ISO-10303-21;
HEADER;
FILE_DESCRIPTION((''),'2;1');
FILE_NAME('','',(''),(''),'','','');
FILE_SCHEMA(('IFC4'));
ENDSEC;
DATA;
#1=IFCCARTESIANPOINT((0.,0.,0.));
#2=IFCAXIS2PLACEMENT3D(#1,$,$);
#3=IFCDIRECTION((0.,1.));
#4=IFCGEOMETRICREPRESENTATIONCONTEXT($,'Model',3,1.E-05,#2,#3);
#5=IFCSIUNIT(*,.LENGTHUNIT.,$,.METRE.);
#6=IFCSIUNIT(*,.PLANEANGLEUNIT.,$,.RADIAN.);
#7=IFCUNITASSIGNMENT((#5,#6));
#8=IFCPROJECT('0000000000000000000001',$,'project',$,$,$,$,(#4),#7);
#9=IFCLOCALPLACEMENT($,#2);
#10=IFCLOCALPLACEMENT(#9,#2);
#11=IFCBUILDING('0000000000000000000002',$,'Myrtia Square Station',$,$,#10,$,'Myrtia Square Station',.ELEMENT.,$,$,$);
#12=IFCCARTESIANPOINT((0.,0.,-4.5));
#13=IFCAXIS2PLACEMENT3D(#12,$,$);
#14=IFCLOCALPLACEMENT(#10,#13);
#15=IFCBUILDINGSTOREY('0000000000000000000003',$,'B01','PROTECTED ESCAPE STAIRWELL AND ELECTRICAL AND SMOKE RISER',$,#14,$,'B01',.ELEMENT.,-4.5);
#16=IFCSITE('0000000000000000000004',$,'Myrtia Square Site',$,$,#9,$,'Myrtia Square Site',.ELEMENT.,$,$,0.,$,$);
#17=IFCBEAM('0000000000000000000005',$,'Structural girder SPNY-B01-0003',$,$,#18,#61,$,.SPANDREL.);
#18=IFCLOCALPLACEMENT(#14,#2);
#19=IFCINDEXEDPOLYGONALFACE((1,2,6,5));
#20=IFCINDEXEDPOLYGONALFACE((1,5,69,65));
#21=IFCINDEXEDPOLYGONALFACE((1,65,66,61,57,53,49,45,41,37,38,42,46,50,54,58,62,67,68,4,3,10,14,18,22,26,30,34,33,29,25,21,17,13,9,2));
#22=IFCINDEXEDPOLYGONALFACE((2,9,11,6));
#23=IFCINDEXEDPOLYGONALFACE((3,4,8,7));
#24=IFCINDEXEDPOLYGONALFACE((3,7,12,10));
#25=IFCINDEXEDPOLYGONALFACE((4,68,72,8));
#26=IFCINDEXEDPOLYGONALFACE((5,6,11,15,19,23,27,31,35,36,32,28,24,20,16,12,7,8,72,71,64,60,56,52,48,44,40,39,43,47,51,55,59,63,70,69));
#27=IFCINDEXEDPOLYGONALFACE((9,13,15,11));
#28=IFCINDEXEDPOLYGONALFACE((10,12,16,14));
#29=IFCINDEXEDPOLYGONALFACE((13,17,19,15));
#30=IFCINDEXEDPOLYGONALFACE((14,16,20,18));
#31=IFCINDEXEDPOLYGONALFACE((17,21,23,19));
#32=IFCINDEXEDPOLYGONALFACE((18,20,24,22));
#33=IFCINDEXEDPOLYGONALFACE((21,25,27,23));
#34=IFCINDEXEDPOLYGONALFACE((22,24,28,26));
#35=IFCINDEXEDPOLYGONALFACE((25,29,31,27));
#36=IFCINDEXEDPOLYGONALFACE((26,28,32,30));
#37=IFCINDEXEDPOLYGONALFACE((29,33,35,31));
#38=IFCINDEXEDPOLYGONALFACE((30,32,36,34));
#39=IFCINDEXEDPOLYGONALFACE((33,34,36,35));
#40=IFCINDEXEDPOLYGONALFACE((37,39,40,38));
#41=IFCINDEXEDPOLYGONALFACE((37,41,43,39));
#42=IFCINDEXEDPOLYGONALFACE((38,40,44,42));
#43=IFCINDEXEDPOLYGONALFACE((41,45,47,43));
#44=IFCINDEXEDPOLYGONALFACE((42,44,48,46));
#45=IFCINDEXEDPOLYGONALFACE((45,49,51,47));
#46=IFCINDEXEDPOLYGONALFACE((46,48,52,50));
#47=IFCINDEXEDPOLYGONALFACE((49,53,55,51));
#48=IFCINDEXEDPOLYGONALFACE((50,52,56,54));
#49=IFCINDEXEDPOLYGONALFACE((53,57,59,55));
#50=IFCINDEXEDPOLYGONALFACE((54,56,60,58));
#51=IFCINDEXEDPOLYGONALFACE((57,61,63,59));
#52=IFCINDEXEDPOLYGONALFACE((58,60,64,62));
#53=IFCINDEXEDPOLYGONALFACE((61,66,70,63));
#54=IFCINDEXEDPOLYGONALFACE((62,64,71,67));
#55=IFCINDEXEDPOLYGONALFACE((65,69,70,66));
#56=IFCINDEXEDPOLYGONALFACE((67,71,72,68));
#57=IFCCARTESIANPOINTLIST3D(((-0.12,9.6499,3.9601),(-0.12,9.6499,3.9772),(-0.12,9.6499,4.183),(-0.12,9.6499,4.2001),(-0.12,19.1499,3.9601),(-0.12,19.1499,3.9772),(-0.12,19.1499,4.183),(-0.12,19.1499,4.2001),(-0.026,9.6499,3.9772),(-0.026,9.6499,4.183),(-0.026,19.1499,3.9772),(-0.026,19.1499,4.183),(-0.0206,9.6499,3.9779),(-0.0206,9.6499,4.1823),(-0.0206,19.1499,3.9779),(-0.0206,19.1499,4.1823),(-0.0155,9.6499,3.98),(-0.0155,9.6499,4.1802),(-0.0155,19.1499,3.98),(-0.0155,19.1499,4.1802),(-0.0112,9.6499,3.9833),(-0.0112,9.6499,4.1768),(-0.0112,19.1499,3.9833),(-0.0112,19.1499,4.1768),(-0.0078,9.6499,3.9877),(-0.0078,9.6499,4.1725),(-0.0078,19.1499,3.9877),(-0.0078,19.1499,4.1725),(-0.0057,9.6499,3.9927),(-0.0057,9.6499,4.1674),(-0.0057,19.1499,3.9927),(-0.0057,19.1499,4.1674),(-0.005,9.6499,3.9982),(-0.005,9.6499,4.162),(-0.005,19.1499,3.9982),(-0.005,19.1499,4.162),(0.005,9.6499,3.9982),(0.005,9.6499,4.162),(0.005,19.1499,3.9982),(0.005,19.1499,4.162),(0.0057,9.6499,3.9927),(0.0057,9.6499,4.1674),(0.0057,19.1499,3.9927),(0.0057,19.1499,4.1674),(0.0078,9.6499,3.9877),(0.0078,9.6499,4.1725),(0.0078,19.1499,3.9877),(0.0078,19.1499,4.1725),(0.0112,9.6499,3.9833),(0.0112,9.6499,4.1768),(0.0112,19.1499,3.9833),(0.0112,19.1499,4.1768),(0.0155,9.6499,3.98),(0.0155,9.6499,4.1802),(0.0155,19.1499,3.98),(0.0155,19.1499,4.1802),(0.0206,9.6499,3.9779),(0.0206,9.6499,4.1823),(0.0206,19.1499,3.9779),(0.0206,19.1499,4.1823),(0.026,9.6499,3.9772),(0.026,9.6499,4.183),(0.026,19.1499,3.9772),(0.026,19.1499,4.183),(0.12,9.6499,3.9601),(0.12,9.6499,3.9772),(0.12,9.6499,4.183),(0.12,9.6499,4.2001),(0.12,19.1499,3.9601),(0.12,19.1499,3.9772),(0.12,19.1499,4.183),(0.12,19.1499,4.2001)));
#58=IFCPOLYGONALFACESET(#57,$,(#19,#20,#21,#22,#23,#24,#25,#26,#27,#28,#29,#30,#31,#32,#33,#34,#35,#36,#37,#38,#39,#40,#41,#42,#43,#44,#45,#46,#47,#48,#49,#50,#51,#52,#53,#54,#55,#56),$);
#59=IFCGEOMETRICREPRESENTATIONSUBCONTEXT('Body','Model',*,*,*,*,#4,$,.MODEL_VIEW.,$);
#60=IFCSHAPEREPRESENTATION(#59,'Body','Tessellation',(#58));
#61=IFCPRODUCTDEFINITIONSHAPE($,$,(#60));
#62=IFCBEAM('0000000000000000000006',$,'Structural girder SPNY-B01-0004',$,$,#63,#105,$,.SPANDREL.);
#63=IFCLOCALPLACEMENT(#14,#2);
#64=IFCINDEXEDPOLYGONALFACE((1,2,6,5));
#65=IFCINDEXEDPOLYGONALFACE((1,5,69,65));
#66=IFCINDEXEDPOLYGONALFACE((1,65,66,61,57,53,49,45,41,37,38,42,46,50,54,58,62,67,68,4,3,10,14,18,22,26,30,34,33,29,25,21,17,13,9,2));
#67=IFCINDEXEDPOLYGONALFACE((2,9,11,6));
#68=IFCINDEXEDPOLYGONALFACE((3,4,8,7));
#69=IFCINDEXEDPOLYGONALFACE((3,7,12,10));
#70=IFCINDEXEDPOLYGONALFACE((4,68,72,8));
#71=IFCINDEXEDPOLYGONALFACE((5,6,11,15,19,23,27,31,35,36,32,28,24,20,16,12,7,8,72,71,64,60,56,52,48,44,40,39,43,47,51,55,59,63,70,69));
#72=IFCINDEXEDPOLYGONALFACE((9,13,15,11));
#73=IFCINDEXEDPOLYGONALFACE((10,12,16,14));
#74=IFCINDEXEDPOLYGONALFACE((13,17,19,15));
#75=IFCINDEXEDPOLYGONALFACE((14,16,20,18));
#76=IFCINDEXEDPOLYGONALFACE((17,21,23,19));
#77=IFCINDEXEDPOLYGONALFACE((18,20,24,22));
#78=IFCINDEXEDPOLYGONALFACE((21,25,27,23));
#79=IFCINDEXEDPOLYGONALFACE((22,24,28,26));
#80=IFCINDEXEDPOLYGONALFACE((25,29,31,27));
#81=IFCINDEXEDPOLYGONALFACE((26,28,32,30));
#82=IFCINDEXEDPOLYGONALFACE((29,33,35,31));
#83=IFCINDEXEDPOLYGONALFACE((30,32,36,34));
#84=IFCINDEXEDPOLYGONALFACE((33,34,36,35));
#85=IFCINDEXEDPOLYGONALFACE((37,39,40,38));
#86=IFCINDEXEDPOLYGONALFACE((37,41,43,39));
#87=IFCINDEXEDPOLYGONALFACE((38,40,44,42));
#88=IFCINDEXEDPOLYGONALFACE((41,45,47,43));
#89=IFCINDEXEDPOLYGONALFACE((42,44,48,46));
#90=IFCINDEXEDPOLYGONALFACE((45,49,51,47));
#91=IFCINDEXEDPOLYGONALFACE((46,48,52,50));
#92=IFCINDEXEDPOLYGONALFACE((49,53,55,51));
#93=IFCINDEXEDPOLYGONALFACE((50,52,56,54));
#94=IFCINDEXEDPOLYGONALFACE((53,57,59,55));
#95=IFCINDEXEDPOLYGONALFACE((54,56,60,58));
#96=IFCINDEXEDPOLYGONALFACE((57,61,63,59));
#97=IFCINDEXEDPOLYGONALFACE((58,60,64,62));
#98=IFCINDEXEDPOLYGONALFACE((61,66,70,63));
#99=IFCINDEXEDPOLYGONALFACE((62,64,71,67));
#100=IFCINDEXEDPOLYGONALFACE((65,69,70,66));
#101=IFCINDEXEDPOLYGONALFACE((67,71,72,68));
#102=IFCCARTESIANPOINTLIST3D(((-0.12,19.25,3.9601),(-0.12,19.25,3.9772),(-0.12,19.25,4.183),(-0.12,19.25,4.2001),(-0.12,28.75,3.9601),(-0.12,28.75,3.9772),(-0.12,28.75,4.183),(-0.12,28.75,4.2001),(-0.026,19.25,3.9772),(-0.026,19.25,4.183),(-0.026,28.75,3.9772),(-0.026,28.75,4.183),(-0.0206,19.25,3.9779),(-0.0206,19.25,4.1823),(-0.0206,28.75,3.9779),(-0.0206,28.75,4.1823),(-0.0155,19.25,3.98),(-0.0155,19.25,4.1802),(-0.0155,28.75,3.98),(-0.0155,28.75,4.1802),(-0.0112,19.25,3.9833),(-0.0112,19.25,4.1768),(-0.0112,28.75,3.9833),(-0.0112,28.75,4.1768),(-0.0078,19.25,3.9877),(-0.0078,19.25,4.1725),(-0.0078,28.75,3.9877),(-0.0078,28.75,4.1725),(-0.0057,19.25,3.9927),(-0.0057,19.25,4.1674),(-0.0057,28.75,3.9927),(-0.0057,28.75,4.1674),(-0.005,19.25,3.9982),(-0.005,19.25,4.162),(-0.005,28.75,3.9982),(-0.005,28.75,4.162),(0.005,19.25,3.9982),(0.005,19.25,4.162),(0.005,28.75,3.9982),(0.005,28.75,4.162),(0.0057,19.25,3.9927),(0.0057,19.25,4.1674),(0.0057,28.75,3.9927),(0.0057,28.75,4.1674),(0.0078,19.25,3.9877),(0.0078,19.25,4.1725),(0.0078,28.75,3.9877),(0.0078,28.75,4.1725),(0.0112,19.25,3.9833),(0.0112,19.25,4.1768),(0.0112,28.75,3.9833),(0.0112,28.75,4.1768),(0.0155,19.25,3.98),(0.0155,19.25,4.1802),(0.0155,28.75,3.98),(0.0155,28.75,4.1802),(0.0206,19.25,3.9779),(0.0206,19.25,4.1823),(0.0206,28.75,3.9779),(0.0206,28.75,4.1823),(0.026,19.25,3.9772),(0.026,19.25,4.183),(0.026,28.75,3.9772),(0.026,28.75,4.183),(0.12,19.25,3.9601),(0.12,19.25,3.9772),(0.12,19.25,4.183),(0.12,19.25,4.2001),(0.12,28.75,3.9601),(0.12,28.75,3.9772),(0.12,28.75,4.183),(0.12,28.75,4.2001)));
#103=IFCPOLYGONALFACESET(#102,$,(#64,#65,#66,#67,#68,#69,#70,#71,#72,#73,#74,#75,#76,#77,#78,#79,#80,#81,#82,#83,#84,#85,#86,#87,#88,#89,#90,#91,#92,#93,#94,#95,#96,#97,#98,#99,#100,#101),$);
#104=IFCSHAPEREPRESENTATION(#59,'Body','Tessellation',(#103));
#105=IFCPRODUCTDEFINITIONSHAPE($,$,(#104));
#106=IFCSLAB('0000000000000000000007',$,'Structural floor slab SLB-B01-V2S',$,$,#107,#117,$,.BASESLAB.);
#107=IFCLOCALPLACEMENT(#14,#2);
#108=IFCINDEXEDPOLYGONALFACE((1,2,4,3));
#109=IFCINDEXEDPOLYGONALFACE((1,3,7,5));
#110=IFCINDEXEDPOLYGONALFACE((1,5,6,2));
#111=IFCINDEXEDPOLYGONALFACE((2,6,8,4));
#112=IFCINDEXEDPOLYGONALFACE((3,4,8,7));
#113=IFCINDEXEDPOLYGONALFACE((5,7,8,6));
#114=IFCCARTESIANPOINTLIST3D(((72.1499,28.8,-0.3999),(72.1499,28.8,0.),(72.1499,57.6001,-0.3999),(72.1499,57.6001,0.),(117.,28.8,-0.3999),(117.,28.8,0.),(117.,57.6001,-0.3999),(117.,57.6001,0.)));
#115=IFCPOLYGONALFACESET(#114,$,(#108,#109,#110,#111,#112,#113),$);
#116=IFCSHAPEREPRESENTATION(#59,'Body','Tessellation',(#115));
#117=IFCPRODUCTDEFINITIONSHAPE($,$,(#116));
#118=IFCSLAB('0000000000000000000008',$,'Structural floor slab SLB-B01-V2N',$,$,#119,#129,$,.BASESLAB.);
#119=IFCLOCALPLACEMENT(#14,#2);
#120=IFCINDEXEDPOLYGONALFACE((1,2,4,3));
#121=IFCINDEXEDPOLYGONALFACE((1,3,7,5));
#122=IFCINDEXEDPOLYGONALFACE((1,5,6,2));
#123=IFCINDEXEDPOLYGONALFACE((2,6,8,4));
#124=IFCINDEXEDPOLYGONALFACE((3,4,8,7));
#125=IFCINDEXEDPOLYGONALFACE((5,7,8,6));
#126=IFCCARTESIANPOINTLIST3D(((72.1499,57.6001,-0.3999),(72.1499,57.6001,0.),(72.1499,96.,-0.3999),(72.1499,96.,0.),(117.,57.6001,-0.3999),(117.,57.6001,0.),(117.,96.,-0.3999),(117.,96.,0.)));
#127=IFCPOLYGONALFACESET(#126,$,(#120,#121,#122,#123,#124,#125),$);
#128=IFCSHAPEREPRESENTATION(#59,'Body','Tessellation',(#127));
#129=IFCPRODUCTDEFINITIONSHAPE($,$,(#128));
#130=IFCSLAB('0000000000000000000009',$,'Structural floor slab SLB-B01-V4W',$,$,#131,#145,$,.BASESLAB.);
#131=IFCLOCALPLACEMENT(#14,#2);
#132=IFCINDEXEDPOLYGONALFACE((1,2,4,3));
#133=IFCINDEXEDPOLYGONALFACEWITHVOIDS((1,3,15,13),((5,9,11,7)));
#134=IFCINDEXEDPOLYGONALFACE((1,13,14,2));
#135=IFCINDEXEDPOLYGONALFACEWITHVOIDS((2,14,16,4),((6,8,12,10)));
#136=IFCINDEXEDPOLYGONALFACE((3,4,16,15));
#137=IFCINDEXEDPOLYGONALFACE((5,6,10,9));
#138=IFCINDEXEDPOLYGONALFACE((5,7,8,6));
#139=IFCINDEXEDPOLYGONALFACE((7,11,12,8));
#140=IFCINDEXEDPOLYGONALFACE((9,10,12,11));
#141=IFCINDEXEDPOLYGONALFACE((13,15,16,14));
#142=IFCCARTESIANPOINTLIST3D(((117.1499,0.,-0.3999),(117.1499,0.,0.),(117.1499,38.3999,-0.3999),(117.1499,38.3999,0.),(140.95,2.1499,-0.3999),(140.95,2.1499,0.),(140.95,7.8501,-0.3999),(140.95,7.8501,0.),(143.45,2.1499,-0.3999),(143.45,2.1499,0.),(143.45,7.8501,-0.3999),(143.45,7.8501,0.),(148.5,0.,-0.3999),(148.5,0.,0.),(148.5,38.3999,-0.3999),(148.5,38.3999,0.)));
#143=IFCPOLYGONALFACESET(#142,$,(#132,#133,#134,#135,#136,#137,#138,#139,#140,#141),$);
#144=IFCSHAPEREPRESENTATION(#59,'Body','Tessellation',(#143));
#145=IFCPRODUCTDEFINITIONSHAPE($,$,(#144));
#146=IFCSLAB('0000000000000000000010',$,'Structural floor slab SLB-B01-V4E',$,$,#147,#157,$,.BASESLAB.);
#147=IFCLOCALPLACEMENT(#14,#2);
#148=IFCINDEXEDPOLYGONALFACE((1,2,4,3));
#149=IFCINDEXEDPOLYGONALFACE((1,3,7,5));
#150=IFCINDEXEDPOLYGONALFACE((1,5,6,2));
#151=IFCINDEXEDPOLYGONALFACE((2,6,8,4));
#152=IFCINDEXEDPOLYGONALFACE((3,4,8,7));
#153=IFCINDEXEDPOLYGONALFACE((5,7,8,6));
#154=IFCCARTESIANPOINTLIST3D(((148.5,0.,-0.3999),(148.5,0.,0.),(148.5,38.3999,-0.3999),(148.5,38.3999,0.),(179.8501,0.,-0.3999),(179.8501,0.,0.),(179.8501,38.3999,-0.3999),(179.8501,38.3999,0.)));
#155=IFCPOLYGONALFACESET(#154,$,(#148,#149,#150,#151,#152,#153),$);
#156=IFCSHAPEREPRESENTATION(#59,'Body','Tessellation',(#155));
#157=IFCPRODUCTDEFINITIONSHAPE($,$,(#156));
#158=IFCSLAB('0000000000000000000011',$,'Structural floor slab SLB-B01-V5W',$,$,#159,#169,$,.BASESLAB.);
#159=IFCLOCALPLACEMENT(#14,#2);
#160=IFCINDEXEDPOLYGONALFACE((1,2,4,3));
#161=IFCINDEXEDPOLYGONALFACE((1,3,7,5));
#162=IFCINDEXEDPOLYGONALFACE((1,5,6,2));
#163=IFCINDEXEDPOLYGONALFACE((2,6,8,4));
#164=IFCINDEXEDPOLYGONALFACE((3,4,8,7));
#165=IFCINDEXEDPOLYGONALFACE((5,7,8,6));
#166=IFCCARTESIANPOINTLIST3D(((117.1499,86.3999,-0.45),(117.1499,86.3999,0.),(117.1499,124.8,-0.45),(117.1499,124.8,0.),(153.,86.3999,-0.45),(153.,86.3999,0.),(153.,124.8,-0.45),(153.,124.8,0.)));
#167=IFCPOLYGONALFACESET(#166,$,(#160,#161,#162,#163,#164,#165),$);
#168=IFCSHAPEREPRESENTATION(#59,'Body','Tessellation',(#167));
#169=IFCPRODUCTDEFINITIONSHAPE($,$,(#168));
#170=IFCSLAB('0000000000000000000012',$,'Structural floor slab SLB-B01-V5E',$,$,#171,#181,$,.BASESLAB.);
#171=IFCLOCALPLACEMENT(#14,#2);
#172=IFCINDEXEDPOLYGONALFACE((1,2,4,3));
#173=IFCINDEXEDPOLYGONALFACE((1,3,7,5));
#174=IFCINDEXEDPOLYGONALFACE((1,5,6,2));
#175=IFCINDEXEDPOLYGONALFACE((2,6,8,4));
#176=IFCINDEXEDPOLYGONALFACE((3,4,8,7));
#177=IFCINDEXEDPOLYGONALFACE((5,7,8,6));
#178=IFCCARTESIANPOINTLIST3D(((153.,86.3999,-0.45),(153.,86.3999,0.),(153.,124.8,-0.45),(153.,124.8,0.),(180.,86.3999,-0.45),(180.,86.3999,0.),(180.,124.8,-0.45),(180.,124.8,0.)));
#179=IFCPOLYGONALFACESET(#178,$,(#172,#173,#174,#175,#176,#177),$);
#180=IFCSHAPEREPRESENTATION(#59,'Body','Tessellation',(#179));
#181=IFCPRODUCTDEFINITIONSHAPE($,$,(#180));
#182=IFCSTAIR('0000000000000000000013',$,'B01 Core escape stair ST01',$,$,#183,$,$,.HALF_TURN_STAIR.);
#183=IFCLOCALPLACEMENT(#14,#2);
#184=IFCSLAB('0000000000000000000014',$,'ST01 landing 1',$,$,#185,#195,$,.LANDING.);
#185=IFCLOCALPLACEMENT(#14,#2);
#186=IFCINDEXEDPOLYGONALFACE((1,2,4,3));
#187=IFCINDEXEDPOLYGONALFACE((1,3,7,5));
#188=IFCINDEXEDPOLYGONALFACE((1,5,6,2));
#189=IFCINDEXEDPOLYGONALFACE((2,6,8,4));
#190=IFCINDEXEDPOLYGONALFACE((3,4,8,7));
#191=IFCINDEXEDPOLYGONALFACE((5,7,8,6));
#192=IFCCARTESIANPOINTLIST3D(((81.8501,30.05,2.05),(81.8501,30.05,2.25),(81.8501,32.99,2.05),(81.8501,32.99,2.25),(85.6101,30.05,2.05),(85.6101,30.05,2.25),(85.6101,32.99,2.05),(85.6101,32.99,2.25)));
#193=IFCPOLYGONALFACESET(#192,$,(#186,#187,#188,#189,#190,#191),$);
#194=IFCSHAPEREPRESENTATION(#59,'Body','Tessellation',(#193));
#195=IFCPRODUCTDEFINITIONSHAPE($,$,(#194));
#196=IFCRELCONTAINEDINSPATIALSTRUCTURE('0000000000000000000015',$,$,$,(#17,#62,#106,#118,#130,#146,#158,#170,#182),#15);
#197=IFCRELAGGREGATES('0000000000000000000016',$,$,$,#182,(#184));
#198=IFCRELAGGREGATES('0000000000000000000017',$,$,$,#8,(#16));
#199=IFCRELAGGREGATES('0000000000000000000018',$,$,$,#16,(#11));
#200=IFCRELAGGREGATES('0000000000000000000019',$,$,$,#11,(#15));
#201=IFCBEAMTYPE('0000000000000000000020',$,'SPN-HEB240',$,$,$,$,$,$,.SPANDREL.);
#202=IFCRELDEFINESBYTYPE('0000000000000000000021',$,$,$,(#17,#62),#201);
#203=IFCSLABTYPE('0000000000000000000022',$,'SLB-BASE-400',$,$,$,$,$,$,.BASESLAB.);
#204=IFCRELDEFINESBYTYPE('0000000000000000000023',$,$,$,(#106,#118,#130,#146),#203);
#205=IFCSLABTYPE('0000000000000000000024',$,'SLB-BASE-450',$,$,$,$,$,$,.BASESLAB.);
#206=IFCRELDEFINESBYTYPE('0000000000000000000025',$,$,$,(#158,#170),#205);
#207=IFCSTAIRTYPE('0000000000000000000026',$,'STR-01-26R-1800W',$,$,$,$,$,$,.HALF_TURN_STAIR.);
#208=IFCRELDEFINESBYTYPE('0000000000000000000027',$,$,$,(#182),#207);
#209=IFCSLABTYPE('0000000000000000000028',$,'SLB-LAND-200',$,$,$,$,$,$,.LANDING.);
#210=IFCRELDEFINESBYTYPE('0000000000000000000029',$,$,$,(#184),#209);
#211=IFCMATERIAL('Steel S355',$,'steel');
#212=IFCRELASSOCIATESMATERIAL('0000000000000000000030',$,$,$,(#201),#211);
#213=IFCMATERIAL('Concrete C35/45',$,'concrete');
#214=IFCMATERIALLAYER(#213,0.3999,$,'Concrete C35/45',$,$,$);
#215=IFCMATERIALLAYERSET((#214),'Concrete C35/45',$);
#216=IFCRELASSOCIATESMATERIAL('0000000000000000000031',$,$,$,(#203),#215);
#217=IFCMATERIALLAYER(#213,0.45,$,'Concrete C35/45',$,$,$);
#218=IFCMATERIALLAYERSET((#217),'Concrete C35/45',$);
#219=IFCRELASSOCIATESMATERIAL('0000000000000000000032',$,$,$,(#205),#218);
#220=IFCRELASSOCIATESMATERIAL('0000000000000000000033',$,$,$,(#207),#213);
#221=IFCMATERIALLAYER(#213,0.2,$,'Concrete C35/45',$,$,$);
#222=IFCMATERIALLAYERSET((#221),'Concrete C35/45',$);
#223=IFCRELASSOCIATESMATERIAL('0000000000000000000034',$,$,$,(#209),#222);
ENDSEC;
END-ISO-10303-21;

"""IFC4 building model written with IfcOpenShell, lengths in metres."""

from ifc_helpers import new_model, si_unit, direction, frame, origin, origin_2d, place, context, subcontext, project, spatial, polyline, i_section, outline, extrude, material, layer, layer_set, material_profile, profile_set, type_object, element, aggregate, save


model = new_model("IFC4")

# Units and contexts
model_context = context("Model", 3, precision=1e-05, world=origin(), true_north=direction((0.0, 1.0)))
body_context = subcontext(model_context, "Body", "Model", "MODEL_VIEW")
ifc_project = project(units=[si_unit("LENGTHUNIT", "METRE"), si_unit("PLANEANGLEUNIT", "RADIAN")], contexts=[model_context])

# Site, building, storey
site_placement = place(None, origin())
site = spatial("IfcSite", under=ifc_project, at=site_placement, Name="Myrtia Square Site", LongName="Myrtia Square Site", CompositionType="ELEMENT", RefElevation=0.0)
building_placement = place(site_placement, origin())
building = spatial("IfcBuilding", under=site, at=building_placement, Name="Myrtia Square Station", LongName="Myrtia Square Station", CompositionType="ELEMENT")
storey_placement = place(building_placement, frame((0.0, 0.0, -4.5)))
storey = spatial("IfcBuildingStorey", under=building, at=storey_placement, Name="B01", Description="PROTECTED ESCAPE STAIRWELL AND ELECTRICAL AND SMOKE RISER", LongName="B01", CompositionType="ELEMENT", Elevation=-4.5)

# Shared definitions
ifc_material_1 = material(Name="Concrete C35/45", Category="concrete")

# Beams
ifc_material_2 = material(Name="Steel S355", Category="steel")
ifc_material_profile_1 = material_profile(ifc_material_2, i_section(OverallWidth=0.24, OverallDepth=0.24, WebThickness=0.01, FlangeThickness=0.0171, FilletRadius=0.021, at=origin_2d()), Name="HEB 240")
ifc_profile_set_1 = profile_set([ifc_material_profile_1], Name="Steel S355")
beam_type = type_object("IfcBeamType", Name="SPN-HEB240", PredefinedType="SPANDREL", material=ifc_profile_set_1)
for number, where, z_axis, x_axis, name in (
    (1, (0.0, 9.6499, 4.0801), (0.0, 1.0, 0.0), (-1.0, 0.0, 0.0), "Structural girder SPNY-B01-0003"),
    (2, (0.0, 19.25, 4.0801), (0.0, 1.0, 0.0), (-1.0, 0.0, 0.0), "Structural girder SPNY-B01-0004"),
):
    element("IfcBeam", number, at=place(storey_placement, frame(where, z_axis=z_axis, x_axis=x_axis)), inside=storey, type_object=beam_type, Name=name, PredefinedType="SPANDREL", context=body_context, shape_type="SweptSolid", body=[
        extrude(i_section(OverallWidth=0.24, OverallDepth=0.24, WebThickness=0.01, FlangeThickness=0.0171, FilletRadius=0.021, at=origin_2d()), origin(), (0.0, 0.0, 1.0), 9.5),
    ])

# Slabs
ifc_layer_1 = layer(ifc_material_1, 0.3999, Name="Concrete C35/45")
ifc_layer_set_1 = layer_set([ifc_layer_1], Name="Concrete C35/45")
slab_type_1 = type_object("IfcSlabType", Name="SLB-BASE-400", PredefinedType="BASESLAB", material=ifc_layer_set_1)
slab_1_placement = place(storey_placement, frame((0.0, 0.0, -0.3999)))
element("IfcSlab", 3, at=slab_1_placement, inside=storey, type_object=slab_type_1, Name="Structural floor slab SLB-B01-V2S", PredefinedType="BASESLAB", context=body_context, shape_type="SweptSolid", body=[
    extrude(outline(polyline([(72.1499, 28.8), (117.0, 28.8), (117.0, 57.6001), (72.1499, 57.6001), (72.1499, 28.8)])), origin(), (0.0, 0.0, 1.0), 0.3999),
])
slab_2_placement = place(storey_placement, frame((0.0, 0.0, -0.3999)))
element("IfcSlab", 4, at=slab_2_placement, inside=storey, type_object=slab_type_1, Name="Structural floor slab SLB-B01-V2N", PredefinedType="BASESLAB", context=body_context, shape_type="SweptSolid", body=[
    extrude(outline(polyline([(72.1499, 57.6001), (117.0, 57.6001), (117.0, 96.0), (72.1499, 96.0), (72.1499, 57.6001)])), origin(), (0.0, 0.0, 1.0), 0.3999),
])
slab_3_placement = place(storey_placement, frame((0.0, 0.0, -0.3999)))
element("IfcSlab", 5, at=slab_3_placement, inside=storey, type_object=slab_type_1, Name="Structural floor slab SLB-B01-V4W", PredefinedType="BASESLAB", context=body_context, shape_type="SweptSolid", body=[
    extrude(outline(polyline([(117.1499, 0.0), (148.5, 0.0), (148.5, 38.3999), (117.1499, 38.3999), (117.1499, 0.0)]), holes=[polyline([(140.95, 2.1499), (140.95, 7.8501), (143.45, 7.8501), (143.45, 2.1499), (140.95, 2.1499)])]), origin(), (0.0, 0.0, 1.0), 0.3999),
])
slab_4_placement = place(storey_placement, frame((0.0, 0.0, -0.3999)))
element("IfcSlab", 6, at=slab_4_placement, inside=storey, type_object=slab_type_1, Name="Structural floor slab SLB-B01-V4E", PredefinedType="BASESLAB", context=body_context, shape_type="SweptSolid", body=[
    extrude(outline(polyline([(148.5, 0.0), (179.8501, 0.0), (179.8501, 38.3999), (148.5, 38.3999), (148.5, 0.0)])), origin(), (0.0, 0.0, 1.0), 0.3999),
])
ifc_layer_2 = layer(ifc_material_1, 0.45, Name="Concrete C35/45")
ifc_layer_set_2 = layer_set([ifc_layer_2], Name="Concrete C35/45")
slab_type_2 = type_object("IfcSlabType", Name="SLB-BASE-450", PredefinedType="BASESLAB", material=ifc_layer_set_2)
slab_5_placement = place(storey_placement, frame((0.0, 0.0, -0.45)))
element("IfcSlab", 7, at=slab_5_placement, inside=storey, type_object=slab_type_2, Name="Structural floor slab SLB-B01-V5W", PredefinedType="BASESLAB", context=body_context, shape_type="SweptSolid", body=[
    extrude(outline(polyline([(117.1499, 86.3999), (153.0, 86.3999), (153.0, 124.8), (117.1499, 124.8), (117.1499, 86.3999)])), origin(), (0.0, 0.0, 1.0), 0.45),
])
slab_6_placement = place(storey_placement, frame((0.0, 0.0, -0.45)))
element("IfcSlab", 8, at=slab_6_placement, inside=storey, type_object=slab_type_2, Name="Structural floor slab SLB-B01-V5E", PredefinedType="BASESLAB", context=body_context, shape_type="SweptSolid", body=[
    extrude(outline(polyline([(153.0, 86.3999), (180.0, 86.3999), (180.0, 124.8), (153.0, 124.8), (153.0, 86.3999)])), origin(), (0.0, 0.0, 1.0), 0.45),
])

# Stair, slab
stair_type = type_object("IfcStairType", Name="STR-01-26R-1800W", PredefinedType="HALF_TURN_STAIR", material=ifc_material_1)
stair_1_placement = place(storey_placement, origin())
stair_1 = element("IfcStair", 9, at=stair_1_placement, inside=storey, type_object=stair_type, Name="B01 Core escape stair ST01", PredefinedType="HALF_TURN_STAIR")
ifc_layer_3 = layer(ifc_material_1, 0.2, Name="Concrete C35/45")
ifc_layer_set_3 = layer_set([ifc_layer_3], Name="Concrete C35/45")
slab_type_3 = type_object("IfcSlabType", Name="SLB-LAND-200", PredefinedType="LANDING", material=ifc_layer_set_3)
slab_7_placement = place(storey_placement, frame((0.0, 0.0, 2.05)))
slab_7 = element("IfcSlab", 10, at=slab_7_placement, type_object=slab_type_3, Name="ST01 landing 1", PredefinedType="LANDING", context=body_context, shape_type="SweptSolid", body=[
    extrude(outline(polyline([(81.8501, 32.99), (81.8501, 30.05), (85.6101, 30.05), (85.6101, 32.99), (81.8501, 32.99)])), origin(), (0.0, 0.0, 1.0), 0.2),
])
aggregate(stair_1, [slab_7])

save(model, "model.ifc")
